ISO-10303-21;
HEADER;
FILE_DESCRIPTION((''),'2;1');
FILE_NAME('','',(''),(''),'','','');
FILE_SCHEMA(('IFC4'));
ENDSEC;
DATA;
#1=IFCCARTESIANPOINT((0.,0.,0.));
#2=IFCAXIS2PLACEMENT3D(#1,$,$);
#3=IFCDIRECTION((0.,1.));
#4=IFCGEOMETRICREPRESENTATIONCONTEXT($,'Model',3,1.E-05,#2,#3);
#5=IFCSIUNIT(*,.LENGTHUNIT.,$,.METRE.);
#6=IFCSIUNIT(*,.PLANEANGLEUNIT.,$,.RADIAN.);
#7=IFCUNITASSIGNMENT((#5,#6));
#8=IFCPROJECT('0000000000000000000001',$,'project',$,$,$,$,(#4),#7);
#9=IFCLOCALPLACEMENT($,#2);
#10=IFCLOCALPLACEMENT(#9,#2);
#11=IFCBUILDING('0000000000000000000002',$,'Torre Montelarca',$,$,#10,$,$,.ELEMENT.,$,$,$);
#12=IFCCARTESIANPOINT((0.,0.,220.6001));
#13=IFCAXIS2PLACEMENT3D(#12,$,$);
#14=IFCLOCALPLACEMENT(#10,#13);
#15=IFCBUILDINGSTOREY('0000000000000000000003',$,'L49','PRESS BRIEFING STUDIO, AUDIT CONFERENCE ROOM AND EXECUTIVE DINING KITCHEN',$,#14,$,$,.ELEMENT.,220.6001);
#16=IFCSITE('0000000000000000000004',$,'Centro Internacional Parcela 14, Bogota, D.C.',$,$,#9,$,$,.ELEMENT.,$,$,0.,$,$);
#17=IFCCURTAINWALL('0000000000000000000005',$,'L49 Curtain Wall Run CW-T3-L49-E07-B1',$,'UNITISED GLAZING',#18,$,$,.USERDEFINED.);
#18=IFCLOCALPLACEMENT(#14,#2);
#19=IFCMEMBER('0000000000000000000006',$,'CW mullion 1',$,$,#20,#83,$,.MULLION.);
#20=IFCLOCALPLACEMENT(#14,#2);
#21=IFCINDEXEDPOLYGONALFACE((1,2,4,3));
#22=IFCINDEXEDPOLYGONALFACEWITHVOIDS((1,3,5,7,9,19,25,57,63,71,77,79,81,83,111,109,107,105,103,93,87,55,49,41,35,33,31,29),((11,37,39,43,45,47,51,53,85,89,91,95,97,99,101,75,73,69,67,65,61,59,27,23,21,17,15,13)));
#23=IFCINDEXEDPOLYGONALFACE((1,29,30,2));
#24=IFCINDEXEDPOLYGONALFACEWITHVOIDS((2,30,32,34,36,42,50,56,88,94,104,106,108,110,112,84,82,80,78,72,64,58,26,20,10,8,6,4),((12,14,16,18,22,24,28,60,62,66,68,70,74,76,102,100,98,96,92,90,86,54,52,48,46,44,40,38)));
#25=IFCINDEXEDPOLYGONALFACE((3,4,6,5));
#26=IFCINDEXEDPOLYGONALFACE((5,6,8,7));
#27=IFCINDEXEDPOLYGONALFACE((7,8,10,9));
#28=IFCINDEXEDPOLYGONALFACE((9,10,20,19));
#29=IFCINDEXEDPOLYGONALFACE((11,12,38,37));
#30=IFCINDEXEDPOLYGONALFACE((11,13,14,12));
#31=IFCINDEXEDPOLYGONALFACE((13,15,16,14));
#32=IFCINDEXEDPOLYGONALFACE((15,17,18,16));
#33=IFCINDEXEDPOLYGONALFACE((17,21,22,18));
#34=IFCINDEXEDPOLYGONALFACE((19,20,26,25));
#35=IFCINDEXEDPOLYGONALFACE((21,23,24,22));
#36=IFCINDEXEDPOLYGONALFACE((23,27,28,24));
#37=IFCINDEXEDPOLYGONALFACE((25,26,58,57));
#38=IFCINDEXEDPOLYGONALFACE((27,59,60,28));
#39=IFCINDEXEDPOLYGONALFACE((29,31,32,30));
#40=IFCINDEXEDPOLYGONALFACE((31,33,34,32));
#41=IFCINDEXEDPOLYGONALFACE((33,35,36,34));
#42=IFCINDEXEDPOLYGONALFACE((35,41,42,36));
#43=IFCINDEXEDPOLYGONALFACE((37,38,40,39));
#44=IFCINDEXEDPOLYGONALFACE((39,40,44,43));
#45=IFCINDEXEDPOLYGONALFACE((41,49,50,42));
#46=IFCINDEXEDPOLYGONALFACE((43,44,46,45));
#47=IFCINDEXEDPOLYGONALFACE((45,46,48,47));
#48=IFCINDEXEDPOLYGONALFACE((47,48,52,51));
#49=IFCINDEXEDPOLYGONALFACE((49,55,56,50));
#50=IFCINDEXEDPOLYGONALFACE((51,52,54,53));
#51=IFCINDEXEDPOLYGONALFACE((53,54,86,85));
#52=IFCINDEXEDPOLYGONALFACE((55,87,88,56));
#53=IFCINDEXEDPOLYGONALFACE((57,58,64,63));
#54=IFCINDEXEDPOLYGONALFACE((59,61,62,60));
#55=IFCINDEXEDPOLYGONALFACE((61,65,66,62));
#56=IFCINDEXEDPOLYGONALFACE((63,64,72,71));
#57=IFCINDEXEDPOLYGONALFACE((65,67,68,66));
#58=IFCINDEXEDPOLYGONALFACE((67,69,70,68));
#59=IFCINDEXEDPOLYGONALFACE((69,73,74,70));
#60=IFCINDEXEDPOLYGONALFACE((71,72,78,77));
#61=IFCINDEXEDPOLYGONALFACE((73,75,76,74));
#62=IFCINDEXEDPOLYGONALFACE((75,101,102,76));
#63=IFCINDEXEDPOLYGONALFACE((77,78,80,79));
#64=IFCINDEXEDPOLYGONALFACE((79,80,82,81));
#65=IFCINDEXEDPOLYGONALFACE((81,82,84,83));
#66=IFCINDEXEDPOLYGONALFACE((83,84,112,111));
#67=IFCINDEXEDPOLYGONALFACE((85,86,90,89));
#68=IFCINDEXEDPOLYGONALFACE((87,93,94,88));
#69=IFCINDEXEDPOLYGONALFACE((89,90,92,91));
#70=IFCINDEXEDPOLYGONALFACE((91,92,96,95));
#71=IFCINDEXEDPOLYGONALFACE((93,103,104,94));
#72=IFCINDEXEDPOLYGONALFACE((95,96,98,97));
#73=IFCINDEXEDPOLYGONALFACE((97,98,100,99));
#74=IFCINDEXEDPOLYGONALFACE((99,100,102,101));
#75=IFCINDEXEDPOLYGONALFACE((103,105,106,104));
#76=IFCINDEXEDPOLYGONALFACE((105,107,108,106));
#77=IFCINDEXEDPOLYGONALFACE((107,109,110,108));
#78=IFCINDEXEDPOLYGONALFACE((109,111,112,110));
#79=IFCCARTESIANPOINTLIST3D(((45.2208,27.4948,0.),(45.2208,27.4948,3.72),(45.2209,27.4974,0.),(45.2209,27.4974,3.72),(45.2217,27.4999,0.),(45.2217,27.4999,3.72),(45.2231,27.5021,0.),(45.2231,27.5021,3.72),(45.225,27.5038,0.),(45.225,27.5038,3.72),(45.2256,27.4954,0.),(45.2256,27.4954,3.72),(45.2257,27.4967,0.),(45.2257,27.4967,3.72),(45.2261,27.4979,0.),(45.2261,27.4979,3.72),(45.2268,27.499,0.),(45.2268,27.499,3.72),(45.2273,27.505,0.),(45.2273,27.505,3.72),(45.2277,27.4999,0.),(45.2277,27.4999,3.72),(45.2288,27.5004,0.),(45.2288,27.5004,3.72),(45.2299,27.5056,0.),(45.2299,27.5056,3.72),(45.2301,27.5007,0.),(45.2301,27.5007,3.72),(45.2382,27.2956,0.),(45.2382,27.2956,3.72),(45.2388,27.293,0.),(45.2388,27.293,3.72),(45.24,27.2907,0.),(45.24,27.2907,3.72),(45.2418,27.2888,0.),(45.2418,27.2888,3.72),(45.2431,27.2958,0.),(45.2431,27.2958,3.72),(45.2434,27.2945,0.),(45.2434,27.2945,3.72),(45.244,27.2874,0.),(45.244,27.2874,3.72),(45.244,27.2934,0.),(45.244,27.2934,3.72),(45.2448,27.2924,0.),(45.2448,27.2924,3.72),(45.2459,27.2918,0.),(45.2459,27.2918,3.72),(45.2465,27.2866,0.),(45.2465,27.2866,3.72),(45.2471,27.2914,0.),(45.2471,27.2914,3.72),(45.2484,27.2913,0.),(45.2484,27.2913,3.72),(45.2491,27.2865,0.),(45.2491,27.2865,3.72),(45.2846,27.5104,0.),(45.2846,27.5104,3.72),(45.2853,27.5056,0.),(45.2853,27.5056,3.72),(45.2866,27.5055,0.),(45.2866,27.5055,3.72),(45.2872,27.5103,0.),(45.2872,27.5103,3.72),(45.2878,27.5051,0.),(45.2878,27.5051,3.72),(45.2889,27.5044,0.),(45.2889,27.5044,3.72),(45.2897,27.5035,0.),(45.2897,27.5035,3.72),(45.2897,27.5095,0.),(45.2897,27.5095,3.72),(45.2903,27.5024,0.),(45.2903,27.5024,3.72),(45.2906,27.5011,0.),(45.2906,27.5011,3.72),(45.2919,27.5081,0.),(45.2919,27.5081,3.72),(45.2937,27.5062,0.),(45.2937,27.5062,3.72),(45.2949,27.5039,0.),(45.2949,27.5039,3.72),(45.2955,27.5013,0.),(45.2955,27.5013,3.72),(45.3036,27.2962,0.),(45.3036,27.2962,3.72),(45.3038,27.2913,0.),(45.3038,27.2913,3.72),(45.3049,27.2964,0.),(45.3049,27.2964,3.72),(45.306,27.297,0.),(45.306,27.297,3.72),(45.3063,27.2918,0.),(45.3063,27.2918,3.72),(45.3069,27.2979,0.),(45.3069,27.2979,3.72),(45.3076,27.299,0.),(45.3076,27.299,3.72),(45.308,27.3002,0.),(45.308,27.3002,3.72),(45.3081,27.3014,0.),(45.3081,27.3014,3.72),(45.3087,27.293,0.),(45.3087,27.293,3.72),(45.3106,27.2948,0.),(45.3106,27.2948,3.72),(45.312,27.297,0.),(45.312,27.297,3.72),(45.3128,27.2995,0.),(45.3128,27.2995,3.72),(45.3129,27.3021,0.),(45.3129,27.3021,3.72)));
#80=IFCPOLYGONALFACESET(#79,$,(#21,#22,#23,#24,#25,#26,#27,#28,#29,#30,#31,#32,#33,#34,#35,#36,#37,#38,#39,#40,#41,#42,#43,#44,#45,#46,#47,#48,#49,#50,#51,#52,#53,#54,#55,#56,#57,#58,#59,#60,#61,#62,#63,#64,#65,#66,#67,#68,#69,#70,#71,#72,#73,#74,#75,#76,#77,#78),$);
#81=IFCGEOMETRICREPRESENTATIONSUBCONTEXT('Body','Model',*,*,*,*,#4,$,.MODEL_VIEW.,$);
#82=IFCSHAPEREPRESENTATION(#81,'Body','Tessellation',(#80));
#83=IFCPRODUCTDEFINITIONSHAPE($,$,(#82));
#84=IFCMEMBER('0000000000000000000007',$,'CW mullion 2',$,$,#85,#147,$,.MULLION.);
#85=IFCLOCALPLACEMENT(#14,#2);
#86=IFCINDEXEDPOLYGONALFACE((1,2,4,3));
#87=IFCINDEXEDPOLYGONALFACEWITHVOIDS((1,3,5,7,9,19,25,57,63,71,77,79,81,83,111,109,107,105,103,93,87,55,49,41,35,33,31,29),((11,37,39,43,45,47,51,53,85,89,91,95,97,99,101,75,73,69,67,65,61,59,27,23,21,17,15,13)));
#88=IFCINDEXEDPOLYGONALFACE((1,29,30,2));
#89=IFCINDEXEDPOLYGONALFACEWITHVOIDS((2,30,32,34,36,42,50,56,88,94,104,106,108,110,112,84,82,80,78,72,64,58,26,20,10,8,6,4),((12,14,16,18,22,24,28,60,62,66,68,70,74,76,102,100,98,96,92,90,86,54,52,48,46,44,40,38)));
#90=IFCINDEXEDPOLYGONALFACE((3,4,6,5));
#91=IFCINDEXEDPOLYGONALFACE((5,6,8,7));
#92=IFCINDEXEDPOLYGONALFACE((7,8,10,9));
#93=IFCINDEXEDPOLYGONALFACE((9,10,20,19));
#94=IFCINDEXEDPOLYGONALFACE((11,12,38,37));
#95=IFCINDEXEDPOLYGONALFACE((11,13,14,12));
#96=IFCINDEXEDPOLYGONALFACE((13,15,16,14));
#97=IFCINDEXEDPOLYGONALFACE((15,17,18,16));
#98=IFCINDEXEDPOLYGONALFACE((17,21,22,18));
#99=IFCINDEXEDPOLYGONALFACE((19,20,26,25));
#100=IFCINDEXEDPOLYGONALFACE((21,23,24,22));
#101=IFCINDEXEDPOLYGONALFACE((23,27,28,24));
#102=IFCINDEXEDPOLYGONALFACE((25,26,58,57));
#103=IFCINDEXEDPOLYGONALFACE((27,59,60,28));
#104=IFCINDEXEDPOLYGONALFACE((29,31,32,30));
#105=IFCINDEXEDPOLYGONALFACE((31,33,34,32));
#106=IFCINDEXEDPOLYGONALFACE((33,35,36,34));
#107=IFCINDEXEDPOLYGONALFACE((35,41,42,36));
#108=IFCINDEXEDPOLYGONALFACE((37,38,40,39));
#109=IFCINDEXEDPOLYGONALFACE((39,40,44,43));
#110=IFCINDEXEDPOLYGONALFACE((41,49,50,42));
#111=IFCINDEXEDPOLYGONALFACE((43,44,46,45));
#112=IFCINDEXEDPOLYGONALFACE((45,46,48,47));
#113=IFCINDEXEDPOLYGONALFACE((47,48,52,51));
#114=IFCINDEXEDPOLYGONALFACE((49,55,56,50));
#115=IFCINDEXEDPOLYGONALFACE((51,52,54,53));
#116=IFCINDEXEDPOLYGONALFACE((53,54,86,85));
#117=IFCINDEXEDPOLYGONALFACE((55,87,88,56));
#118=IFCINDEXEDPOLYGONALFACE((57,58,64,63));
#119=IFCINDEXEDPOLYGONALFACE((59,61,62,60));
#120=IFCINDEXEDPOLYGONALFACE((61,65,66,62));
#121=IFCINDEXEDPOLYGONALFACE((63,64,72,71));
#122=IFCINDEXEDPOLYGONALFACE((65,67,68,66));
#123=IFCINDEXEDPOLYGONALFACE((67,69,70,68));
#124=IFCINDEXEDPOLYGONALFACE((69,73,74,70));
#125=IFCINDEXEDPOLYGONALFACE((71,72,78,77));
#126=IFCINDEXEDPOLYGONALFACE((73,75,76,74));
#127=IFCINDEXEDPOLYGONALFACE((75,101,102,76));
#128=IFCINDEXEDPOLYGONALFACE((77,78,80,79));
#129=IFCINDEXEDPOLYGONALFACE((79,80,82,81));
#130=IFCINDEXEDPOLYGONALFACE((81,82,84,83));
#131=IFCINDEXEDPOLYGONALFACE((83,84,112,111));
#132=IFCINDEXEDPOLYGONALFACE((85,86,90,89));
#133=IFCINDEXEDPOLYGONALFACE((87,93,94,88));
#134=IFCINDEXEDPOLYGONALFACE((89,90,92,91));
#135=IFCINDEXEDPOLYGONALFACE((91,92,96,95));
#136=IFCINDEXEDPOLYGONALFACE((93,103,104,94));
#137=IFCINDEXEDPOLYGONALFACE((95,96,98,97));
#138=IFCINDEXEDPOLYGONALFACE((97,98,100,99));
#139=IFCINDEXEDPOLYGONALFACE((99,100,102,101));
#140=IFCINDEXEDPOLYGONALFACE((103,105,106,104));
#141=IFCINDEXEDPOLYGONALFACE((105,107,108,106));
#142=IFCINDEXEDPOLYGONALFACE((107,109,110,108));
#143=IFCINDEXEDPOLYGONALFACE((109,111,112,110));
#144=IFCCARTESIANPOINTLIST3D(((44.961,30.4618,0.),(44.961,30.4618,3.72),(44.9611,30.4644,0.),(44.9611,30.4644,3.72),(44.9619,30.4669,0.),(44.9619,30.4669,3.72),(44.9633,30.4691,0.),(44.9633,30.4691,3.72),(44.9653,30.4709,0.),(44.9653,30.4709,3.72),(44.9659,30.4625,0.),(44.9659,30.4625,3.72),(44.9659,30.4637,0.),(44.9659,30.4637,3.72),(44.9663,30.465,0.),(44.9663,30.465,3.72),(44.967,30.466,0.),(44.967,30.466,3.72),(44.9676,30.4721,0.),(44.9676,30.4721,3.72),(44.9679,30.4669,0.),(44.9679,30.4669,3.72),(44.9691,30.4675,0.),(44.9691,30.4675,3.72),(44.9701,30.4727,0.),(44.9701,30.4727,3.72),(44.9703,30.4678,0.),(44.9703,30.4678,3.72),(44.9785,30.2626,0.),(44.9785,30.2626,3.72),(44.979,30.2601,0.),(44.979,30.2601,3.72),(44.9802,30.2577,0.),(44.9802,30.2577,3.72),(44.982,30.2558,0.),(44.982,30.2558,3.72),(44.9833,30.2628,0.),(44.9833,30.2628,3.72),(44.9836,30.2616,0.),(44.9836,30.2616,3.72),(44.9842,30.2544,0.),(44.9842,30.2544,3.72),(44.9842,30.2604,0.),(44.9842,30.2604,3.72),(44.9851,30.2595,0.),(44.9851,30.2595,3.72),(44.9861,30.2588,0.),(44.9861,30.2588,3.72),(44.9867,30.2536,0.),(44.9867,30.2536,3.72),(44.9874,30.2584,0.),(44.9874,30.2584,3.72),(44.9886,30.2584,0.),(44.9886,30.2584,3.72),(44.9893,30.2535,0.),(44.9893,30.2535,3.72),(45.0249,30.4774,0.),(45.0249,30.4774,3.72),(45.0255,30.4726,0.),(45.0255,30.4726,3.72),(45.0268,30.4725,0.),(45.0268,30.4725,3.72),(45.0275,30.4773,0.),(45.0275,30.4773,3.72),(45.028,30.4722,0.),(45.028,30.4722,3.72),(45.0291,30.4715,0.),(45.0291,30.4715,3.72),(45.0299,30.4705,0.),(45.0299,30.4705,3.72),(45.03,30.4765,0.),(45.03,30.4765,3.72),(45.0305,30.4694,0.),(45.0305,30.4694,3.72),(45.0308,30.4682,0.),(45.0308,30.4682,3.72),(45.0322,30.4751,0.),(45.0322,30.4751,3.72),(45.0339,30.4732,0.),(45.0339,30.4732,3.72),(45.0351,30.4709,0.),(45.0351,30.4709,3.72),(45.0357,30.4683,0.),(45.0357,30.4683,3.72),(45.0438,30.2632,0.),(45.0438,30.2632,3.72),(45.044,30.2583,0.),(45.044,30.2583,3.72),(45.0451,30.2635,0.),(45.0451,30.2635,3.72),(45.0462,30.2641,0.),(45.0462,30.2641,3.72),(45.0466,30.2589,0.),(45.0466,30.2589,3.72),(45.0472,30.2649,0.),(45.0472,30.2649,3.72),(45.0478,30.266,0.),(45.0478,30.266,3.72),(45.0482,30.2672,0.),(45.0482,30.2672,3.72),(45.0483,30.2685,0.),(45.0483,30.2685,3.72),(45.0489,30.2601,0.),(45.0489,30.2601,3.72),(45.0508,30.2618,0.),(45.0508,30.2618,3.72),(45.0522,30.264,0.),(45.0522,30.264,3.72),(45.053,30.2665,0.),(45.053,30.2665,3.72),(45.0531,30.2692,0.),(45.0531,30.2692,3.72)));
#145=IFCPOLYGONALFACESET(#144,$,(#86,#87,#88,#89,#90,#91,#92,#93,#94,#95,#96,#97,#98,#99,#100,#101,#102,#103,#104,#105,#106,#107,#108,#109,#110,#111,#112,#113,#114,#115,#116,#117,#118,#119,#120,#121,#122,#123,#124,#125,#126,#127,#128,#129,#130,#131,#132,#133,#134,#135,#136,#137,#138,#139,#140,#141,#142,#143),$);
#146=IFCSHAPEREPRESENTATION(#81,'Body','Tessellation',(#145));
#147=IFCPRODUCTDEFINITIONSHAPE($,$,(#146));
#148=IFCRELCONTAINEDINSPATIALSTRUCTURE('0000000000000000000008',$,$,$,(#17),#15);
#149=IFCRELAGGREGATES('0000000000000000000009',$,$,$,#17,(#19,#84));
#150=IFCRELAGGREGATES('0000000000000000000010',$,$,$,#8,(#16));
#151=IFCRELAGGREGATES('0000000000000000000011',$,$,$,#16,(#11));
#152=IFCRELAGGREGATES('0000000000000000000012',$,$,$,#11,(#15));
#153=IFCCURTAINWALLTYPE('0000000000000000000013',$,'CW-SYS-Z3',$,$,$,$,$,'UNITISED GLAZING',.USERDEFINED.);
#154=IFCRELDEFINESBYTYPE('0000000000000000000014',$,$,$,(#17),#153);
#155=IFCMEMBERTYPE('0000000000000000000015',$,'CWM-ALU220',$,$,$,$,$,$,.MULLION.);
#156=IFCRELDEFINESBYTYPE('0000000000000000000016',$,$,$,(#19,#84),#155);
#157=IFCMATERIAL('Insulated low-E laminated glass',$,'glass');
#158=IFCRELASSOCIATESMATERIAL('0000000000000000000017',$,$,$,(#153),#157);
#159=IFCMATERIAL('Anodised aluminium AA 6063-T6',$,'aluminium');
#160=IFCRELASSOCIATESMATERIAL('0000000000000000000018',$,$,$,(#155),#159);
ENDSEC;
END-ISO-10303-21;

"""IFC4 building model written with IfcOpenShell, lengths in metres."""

from ifc_helpers import new_model, si_unit, direction, frame, origin, origin_2d, place, context, subcontext, project, spatial, hollow_rectangle, extrude, source, transform, mapped, material, material_profile, profile_set, type_object, element, aggregate, save


model = new_model("IFC4")

# Units and contexts
model_context = context("Model", 3, precision=1e-05, world=origin(), true_north=direction((0.0, 1.0)))
body_context = subcontext(model_context, "Body", "Model", "MODEL_VIEW")
ifc_project = project(units=[si_unit("LENGTHUNIT", "METRE"), si_unit("PLANEANGLEUNIT", "RADIAN")], contexts=[model_context])

# Site, building, storey
site_placement = place(None, origin())
site = spatial("IfcSite", under=ifc_project, at=site_placement, Name="Centro Internacional Parcela 14, Bogota, D.C.", CompositionType="ELEMENT", RefElevation=0.0)
building_placement = place(site_placement, origin())
building = spatial("IfcBuilding", under=site, at=building_placement, Name="Torre Montelarca", CompositionType="ELEMENT")
storey_placement = place(building_placement, frame((0.0, 0.0, 220.6001)))
storey = spatial("IfcBuildingStorey", under=building, at=storey_placement, Name="L49", Description="PRESS BRIEFING STUDIO, AUDIT CONFERENCE ROOM AND EXECUTIVE DINING KITCHEN", CompositionType="ELEMENT", Elevation=220.6001)

# Shared definitions
ifc_material_1 = material(Name="Insulated low-E laminated glass", Category="glass")
curtain_wall_type = type_object("IfcCurtainWallType", Name="CW-SYS-Z3", ElementType="UNITISED GLAZING", PredefinedType="USERDEFINED", material=ifc_material_1)
ifc_material_2 = material(Name="Anodised aluminium AA 6063-T6", Category="aluminium")

# Curtain wall
curtain_wall_1_placement = place(storey_placement, origin())
curtain_wall_1 = element("IfcCurtainWall", 1, at=curtain_wall_1_placement, inside=storey, type_object=curtain_wall_type, Name="L49 Curtain Wall Run CW-T3-L49-E07-B1", ObjectType="UNITISED GLAZING", PredefinedType="USERDEFINED")

# Shared definitions
ifc_material_profile_1 = material_profile(ifc_material_2, hollow_rectangle(XDim=0.075, YDim=0.22, WallThickness=0.0049, InnerFilletRadius=0.0049, OuterFilletRadius=0.01, at=origin_2d()), Name="ALU75X220X5", Category="aluminium")
ifc_profile_set_1 = profile_set([ifc_material_profile_1], Name="Anodised aluminium AA 6063-T6")
member_type_1 = type_object("IfcMemberType", Name="CWM-ALU220", PredefinedType="MULLION", material=ifc_profile_set_1)
shared_shape_1 = source(origin(), body_context, "Body", "SweptSolid", [
    extrude(hollow_rectangle(XDim=0.075, YDim=0.22, WallThickness=0.0049, InnerFilletRadius=0.0049, OuterFilletRadius=0.01, at=origin_2d()), origin(), (0.0, 0.0, 1.0), 3.72),
])

# Members
member_1_placement = place(storey_placement, frame((45.2668, 27.3984, 0.0), z_axis=(0.0, 0.0, 1.0), x_axis=(-0.996192, -0.087183, 0.0)))
member_1 = element("IfcMember", 2, at=member_1_placement, type_object=member_type_1, Name="CW mullion 1", PredefinedType="MULLION", context=body_context, shape_type="MappedRepresentation", body=[
    mapped(shared_shape_1, transform((0.0, 0.0, 0.0), scale=1.0)),
])
member_2_placement = place(storey_placement, frame((45.0071, 30.3655, 0.0), z_axis=(0.0, 0.0, 1.0), x_axis=(-0.996192, -0.087183, 0.0)))
member_2 = element("IfcMember", 3, at=member_2_placement, type_object=member_type_1, Name="CW mullion 2", PredefinedType="MULLION", context=body_context, shape_type="MappedRepresentation", body=[
    mapped(shared_shape_1, transform((0.0, 0.0, 0.0), scale=1.0)),
])

aggregate(curtain_wall_1, [member_1, member_2])

save(model, "model.ifc")
